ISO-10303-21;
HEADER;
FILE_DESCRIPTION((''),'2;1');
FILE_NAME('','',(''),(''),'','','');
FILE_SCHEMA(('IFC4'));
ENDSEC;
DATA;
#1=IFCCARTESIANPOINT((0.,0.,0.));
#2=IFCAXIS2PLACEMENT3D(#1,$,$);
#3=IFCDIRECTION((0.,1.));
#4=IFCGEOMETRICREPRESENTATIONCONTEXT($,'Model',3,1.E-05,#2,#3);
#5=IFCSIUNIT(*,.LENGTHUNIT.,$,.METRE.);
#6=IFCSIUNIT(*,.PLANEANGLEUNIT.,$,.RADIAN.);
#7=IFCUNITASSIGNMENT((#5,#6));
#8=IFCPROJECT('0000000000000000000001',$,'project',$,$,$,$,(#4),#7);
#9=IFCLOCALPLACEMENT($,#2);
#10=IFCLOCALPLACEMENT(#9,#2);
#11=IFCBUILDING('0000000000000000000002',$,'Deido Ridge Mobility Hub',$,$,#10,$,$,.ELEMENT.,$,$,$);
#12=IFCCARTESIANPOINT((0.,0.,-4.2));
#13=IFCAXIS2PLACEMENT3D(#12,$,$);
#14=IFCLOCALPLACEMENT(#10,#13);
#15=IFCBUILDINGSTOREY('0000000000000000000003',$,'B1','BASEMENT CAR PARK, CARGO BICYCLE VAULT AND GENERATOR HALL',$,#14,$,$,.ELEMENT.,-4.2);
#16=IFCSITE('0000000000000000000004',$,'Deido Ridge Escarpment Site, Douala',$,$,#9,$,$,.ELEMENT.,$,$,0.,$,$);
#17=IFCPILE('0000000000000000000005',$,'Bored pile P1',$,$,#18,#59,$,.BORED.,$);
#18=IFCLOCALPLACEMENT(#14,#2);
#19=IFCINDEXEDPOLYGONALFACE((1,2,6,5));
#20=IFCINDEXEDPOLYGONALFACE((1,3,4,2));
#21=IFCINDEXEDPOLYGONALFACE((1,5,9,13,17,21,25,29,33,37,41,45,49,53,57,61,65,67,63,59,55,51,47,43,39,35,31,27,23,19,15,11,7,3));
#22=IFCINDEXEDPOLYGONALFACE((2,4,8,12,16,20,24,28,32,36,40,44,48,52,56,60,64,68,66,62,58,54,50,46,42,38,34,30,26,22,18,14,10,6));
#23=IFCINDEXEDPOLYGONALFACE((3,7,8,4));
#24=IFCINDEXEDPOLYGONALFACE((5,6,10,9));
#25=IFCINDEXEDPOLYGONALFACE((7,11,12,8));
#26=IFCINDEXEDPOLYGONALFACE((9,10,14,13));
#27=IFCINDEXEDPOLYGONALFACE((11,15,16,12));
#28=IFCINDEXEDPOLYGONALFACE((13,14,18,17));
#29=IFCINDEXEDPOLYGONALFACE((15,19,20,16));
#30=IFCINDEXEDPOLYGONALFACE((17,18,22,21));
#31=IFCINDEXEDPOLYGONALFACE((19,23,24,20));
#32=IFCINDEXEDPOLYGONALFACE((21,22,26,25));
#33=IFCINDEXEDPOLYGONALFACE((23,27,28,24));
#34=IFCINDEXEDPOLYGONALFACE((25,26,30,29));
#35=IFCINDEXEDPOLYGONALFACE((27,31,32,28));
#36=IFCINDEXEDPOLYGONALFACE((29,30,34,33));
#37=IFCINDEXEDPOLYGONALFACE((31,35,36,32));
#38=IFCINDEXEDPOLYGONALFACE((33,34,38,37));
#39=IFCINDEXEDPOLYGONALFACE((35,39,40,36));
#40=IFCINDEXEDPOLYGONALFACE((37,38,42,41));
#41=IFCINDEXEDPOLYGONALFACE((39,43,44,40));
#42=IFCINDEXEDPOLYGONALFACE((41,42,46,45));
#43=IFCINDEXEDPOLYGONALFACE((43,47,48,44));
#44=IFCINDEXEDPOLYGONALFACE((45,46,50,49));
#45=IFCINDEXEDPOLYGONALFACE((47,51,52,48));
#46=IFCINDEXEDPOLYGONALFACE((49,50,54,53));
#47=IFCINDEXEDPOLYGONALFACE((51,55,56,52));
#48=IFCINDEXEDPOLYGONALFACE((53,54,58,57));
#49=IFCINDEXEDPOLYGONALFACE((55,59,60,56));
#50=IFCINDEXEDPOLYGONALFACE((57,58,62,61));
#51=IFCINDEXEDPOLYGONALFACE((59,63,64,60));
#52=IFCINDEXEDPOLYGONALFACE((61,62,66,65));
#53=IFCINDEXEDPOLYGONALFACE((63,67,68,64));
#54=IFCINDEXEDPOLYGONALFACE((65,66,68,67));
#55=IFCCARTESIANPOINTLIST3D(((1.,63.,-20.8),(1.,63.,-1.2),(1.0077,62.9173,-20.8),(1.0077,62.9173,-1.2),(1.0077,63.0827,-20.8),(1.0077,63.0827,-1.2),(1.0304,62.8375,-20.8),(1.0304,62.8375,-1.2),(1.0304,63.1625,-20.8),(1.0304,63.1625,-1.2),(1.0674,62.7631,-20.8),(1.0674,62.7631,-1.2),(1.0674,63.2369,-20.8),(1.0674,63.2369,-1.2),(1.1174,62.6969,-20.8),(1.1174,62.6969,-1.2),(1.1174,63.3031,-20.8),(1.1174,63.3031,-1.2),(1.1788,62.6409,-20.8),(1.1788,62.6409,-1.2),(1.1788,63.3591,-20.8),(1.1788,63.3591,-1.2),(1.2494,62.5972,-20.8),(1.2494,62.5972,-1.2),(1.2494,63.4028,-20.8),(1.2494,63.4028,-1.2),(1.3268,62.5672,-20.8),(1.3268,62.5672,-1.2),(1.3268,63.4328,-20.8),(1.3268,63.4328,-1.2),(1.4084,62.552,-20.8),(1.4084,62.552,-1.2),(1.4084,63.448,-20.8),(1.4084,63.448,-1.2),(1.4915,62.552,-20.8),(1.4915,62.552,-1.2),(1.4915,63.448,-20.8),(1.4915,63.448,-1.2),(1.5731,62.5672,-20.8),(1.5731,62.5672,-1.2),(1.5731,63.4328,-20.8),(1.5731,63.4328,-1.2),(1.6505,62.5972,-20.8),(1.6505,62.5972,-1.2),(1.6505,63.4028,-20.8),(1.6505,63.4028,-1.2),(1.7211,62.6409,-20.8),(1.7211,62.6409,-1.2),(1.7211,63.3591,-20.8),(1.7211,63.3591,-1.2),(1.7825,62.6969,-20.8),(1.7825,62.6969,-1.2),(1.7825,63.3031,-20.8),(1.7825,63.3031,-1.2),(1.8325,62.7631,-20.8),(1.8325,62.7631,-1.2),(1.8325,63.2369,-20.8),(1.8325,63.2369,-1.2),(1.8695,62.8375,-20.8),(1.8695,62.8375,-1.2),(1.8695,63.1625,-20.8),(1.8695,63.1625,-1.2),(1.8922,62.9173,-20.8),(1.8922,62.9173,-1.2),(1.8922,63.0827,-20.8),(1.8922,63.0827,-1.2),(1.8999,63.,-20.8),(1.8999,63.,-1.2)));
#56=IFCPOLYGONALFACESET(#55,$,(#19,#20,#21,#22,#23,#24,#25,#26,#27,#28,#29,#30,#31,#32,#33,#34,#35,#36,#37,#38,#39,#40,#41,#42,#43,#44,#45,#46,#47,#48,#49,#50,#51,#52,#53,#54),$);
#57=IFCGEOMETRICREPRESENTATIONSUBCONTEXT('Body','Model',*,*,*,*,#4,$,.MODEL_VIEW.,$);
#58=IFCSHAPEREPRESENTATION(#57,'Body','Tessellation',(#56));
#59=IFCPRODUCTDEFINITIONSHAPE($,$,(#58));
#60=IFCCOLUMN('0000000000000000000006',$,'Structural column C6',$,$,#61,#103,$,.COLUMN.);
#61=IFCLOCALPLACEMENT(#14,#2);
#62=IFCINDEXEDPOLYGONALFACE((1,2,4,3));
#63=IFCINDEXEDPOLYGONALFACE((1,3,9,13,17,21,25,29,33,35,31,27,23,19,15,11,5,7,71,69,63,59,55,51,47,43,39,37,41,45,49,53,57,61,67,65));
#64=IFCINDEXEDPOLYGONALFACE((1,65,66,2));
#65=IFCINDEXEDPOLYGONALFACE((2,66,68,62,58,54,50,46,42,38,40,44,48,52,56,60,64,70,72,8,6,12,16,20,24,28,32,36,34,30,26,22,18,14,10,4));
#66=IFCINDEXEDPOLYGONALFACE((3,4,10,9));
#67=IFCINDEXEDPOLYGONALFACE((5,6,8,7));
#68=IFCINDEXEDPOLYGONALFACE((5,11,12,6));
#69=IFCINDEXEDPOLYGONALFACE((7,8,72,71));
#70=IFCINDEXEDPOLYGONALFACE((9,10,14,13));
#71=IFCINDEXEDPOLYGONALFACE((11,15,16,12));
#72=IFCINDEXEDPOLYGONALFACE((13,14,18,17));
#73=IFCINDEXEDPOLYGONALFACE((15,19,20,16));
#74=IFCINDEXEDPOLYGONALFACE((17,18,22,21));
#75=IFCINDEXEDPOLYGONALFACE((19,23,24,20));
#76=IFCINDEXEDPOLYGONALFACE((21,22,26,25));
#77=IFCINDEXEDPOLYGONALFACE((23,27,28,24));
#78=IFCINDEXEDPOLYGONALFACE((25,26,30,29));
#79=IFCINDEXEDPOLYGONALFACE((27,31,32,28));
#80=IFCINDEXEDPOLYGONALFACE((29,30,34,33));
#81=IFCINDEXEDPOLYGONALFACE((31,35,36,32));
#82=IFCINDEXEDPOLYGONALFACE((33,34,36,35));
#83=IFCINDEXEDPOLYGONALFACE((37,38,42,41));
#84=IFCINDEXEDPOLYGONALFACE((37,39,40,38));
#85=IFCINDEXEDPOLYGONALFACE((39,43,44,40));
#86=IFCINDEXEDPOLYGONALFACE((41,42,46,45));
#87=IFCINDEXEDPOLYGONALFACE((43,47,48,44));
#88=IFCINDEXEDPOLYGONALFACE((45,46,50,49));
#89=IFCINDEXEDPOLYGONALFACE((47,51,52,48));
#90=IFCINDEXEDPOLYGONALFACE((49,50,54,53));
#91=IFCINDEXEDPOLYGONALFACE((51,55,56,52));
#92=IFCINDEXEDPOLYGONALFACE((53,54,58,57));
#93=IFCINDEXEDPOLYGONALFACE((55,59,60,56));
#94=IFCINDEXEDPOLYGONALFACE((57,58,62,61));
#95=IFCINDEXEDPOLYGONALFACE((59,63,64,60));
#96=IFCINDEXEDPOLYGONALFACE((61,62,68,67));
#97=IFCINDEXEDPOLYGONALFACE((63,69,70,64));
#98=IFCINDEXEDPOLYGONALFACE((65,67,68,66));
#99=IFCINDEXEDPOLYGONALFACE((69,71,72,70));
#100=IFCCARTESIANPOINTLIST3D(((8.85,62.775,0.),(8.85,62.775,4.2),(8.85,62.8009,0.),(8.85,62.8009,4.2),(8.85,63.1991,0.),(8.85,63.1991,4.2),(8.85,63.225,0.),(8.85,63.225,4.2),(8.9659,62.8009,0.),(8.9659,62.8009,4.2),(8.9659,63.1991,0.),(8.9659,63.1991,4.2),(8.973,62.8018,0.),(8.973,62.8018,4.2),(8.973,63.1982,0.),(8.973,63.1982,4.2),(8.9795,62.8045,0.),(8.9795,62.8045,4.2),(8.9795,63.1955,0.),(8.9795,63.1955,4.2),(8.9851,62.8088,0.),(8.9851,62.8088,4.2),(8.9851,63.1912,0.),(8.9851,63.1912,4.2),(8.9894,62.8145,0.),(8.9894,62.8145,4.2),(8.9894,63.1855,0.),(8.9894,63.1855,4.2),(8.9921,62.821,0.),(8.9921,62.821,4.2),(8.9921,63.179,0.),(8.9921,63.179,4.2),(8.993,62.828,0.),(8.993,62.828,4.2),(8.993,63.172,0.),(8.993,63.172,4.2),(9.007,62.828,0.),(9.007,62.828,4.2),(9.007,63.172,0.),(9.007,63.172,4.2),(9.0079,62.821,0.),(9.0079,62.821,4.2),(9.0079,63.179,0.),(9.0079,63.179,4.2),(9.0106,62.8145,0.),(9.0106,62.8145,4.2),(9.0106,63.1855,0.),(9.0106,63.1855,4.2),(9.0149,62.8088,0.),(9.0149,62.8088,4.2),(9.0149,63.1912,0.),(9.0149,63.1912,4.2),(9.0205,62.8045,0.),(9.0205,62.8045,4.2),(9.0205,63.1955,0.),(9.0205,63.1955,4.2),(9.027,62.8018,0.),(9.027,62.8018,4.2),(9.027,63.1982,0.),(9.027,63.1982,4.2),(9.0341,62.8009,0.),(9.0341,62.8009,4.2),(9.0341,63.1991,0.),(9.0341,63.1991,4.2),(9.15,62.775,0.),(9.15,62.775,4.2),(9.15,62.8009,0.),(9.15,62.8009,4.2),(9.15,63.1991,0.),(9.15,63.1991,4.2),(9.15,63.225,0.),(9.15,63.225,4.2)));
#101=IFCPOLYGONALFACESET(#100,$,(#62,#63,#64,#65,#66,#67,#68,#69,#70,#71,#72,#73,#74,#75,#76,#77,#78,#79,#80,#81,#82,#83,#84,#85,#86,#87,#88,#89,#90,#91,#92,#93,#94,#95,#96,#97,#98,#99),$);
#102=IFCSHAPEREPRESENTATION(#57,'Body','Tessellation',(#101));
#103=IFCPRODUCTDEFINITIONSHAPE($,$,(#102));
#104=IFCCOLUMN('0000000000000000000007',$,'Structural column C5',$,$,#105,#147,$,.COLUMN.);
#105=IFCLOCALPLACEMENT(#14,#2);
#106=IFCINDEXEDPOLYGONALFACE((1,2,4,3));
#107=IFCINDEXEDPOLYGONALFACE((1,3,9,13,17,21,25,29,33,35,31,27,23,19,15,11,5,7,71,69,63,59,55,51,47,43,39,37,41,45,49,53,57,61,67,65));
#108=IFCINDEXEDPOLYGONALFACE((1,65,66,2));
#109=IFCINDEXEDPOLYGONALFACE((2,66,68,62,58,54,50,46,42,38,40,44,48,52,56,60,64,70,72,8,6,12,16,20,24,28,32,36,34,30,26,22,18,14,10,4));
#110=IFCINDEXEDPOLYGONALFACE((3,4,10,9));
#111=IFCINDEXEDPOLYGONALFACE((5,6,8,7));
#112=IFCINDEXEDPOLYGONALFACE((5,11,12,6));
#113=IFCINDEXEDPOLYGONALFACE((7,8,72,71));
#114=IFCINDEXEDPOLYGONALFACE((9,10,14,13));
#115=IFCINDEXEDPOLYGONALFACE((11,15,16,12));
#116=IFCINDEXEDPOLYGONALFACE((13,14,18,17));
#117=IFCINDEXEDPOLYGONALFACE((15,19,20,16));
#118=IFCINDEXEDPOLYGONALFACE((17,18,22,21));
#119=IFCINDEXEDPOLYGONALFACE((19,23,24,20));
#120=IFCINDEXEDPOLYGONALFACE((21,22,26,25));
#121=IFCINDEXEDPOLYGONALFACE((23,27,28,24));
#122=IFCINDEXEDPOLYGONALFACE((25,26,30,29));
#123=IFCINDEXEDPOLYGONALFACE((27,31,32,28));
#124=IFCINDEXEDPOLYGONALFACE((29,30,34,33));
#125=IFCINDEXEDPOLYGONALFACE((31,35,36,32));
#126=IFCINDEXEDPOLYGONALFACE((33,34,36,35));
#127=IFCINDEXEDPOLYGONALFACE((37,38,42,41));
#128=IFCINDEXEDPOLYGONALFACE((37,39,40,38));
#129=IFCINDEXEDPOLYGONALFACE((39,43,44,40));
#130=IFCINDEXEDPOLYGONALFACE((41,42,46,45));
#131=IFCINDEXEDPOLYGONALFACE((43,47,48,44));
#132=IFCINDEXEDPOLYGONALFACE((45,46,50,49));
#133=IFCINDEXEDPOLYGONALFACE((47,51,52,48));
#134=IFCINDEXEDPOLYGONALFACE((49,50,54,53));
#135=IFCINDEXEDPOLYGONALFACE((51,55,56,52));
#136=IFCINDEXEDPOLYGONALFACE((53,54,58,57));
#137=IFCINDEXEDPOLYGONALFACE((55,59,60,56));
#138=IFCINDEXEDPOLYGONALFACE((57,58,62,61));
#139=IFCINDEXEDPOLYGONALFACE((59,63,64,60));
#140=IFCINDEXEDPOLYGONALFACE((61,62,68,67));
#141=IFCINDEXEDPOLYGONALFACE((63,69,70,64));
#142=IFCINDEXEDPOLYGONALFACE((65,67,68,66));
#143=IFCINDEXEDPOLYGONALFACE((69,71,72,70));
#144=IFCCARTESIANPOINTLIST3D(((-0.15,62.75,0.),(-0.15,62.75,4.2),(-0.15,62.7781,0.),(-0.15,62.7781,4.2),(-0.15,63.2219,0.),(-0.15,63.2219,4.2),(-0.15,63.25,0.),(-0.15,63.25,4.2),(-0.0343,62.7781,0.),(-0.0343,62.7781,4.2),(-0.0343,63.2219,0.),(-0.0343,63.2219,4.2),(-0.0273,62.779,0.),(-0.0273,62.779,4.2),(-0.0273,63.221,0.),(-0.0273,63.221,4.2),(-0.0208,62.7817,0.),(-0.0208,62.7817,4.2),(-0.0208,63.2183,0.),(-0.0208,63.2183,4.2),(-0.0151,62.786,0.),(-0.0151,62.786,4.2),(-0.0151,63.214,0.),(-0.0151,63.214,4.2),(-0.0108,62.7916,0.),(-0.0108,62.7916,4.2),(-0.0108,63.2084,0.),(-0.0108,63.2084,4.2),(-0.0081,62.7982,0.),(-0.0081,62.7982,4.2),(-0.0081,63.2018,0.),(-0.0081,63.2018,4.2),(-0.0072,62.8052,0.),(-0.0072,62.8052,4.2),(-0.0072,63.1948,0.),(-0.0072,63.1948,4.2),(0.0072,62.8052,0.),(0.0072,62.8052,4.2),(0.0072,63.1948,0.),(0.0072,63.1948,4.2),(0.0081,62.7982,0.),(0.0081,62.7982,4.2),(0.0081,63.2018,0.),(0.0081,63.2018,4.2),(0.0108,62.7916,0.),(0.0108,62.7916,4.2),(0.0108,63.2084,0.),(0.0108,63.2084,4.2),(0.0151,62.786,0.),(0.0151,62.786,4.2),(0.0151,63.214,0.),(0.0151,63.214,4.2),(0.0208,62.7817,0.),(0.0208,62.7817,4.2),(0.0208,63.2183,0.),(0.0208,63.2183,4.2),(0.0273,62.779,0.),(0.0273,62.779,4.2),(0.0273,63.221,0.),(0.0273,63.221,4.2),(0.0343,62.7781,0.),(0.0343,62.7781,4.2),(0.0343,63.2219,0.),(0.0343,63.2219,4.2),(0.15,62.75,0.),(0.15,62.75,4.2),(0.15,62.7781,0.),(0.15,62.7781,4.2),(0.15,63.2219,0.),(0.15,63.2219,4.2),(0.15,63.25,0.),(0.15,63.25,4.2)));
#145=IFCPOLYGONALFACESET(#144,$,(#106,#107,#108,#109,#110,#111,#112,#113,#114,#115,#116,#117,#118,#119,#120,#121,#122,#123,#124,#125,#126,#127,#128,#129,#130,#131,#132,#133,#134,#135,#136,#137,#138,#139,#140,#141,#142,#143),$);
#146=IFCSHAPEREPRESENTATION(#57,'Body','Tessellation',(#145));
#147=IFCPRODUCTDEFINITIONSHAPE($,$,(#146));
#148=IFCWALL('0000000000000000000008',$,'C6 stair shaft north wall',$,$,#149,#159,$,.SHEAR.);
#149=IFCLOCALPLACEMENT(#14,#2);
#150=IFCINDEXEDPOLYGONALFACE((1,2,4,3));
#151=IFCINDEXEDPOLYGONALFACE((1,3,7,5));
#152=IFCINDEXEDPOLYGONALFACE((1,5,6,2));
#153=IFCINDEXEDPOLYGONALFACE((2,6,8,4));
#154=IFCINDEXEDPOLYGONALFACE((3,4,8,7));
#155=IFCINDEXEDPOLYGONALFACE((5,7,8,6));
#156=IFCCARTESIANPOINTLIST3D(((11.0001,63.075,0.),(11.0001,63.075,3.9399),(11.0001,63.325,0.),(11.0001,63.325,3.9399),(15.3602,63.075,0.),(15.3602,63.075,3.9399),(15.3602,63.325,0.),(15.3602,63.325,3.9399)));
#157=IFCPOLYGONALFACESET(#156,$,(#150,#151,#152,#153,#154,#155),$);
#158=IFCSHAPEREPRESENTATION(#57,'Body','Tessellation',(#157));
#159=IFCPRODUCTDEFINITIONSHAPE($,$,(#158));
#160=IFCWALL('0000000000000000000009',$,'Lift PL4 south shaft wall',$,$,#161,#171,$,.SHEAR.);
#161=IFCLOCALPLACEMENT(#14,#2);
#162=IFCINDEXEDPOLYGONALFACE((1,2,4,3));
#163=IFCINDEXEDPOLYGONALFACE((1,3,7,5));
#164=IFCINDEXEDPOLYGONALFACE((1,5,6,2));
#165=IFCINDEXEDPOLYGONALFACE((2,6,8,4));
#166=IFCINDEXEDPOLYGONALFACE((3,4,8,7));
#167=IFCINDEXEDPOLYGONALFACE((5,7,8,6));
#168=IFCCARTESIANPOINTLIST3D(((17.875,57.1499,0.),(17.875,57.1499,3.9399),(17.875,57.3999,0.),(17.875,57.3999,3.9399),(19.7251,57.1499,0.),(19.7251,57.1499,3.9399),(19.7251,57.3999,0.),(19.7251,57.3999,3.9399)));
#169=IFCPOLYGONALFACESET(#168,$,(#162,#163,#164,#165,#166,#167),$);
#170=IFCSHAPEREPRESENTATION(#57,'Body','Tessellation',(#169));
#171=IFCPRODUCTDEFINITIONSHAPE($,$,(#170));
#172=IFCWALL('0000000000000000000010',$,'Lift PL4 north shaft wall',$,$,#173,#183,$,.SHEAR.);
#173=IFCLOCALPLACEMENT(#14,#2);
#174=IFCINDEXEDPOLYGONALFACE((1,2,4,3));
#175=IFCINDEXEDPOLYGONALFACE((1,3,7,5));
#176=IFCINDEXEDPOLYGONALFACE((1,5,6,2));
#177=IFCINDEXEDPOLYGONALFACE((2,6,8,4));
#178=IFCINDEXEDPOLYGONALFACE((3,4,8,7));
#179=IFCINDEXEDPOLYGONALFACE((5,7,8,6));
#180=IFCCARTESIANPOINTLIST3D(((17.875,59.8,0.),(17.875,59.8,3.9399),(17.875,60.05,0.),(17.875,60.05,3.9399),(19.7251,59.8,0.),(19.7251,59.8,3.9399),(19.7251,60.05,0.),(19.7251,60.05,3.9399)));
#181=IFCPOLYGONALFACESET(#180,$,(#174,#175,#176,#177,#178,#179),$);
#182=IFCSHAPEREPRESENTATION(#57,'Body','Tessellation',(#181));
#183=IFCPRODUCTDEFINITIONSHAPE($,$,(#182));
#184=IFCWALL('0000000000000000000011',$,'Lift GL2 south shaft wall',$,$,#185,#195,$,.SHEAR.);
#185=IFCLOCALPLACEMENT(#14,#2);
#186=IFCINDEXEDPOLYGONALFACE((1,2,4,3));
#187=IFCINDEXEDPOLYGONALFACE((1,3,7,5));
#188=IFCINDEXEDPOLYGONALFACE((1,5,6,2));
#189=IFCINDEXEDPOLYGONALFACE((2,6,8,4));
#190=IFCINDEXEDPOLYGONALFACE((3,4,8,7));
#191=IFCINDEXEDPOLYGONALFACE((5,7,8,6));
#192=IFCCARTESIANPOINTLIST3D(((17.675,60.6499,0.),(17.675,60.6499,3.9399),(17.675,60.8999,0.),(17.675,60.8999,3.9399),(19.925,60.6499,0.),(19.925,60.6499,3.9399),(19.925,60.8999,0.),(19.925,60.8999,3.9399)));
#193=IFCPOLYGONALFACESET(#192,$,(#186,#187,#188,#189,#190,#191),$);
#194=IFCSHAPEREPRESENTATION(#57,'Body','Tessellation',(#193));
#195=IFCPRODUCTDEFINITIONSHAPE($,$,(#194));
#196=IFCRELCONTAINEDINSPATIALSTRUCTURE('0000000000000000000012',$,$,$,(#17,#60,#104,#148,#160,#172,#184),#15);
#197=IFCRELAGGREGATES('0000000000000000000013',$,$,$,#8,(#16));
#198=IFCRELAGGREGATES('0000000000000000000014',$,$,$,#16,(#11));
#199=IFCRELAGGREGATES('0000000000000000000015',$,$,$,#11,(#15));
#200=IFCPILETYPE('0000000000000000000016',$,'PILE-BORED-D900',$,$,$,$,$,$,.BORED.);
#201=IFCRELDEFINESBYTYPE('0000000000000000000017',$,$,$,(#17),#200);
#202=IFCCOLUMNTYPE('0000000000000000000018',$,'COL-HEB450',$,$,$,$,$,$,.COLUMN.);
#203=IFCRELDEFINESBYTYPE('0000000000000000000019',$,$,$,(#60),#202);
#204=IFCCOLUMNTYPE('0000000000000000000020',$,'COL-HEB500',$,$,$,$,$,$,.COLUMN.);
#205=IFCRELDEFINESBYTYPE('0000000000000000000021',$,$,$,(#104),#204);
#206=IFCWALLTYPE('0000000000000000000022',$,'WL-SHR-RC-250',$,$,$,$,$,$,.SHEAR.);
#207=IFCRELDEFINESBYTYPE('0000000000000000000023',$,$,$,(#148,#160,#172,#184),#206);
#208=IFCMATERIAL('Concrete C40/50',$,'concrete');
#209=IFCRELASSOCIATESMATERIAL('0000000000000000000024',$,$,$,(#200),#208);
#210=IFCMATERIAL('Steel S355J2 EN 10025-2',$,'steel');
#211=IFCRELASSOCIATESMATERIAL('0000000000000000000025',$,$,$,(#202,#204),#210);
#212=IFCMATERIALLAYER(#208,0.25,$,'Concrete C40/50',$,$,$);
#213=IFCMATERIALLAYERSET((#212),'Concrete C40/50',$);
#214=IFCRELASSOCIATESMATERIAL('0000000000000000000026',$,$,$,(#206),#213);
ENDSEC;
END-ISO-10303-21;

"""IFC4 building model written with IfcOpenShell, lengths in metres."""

from ifc_helpers import new_model, si_unit, direction, frame, frame_2d, origin, origin_2d, place, context, subcontext, project, spatial, rectangle, circle, i_section, extrude, material, layer, layer_set, material_profile, profile_set, type_object, element, save


model = new_model("IFC4")

# Units and contexts
model_context = context("Model", 3, precision=1e-05, world=origin(), true_north=direction((0.0, 1.0)))
body_context = subcontext(model_context, "Body", "Model", "MODEL_VIEW")
ifc_project = project(units=[si_unit("LENGTHUNIT", "METRE"), si_unit("PLANEANGLEUNIT", "RADIAN")], contexts=[model_context])

# Site, building, storey
site_placement = place(None, origin())
site = spatial("IfcSite", under=ifc_project, at=site_placement, Name="Deido Ridge Escarpment Site, Douala", CompositionType="ELEMENT", RefElevation=0.0)
building_placement = place(site_placement, origin())
building = spatial("IfcBuilding", under=site, at=building_placement, Name="Deido Ridge Mobility Hub", CompositionType="ELEMENT")
storey_placement = place(building_placement, frame((0.0, 0.0, -4.2)))
storey = spatial("IfcBuildingStorey", under=building, at=storey_placement, Name="B1", Description="BASEMENT CAR PARK, CARGO BICYCLE VAULT AND GENERATOR HALL", CompositionType="ELEMENT", Elevation=-4.2)

# Shared definitions
ifc_material_1 = material(Name="Concrete C40/50", Category="concrete")

# Pile
ifc_material_profile_1 = material_profile(ifc_material_1, circle(Radius=0.45, at=origin_2d()), Name="BORED PILE D900")
ifc_profile_set_1 = profile_set([ifc_material_profile_1], Name="Concrete C40/50")
pile_type_1 = type_object("IfcPileType", Name="PILE-BORED-D900", PredefinedType="BORED", material=ifc_profile_set_1)
for number, where, z_axis, x_axis, name in (
    (1, (1.45, 63.0, -1.2), (0.0, 0.0, -1.0), (1.0, 0.0, 0.0), "Bored pile P1"),
):
    element("IfcPile", number, at=place(storey_placement, frame(where, z_axis=z_axis, x_axis=x_axis)), inside=storey, type_object=pile_type_1, Name=name, PredefinedType="BORED", context=body_context, shape_type="SweptSolid", body=[
        extrude(circle(Radius=0.45, at=origin_2d()), origin(), (0.0, 0.0, 1.0), 19.6001),
    ])

# Columns
ifc_material_2 = material(Name="Steel S355J2 EN 10025-2", Category="steel")
ifc_material_profile_2 = material_profile(ifc_material_2, i_section(OverallWidth=0.3, OverallDepth=0.45, WebThickness=0.0139, FlangeThickness=0.0259, FilletRadius=0.0271, at=origin_2d()), Name="HEB 450")
ifc_profile_set_2 = profile_set([ifc_material_profile_2], Name="Steel S355J2 EN 10025-2")
column_type_1 = type_object("IfcColumnType", Name="COL-HEB450", PredefinedType="COLUMN", material=ifc_profile_set_2)
column_1_placement = place(storey_placement, frame((9.0, 63.0, 0.0), z_axis=(0.0, 0.0, 1.0), x_axis=(1.0, 0.0, 0.0)))
element("IfcColumn", 2, at=column_1_placement, inside=storey, type_object=column_type_1, Name="Structural column C6", PredefinedType="COLUMN", context=body_context, shape_type="SweptSolid", body=[
    extrude(i_section(OverallWidth=0.3, OverallDepth=0.45, WebThickness=0.0139, FlangeThickness=0.0259, FilletRadius=0.0271, at=origin_2d()), origin(), (0.0, 0.0, 1.0), 4.2),
])
ifc_material_profile_3 = material_profile(ifc_material_2, i_section(OverallWidth=0.3, OverallDepth=0.5, WebThickness=0.0144, FlangeThickness=0.0281, FilletRadius=0.0271, at=origin_2d()), Name="HEB 500")
ifc_profile_set_3 = profile_set([ifc_material_profile_3], Name="Steel S355J2 EN 10025-2")
column_type_2 = type_object("IfcColumnType", Name="COL-HEB500", PredefinedType="COLUMN", material=ifc_profile_set_3)
column_2_placement = place(storey_placement, frame((0.0, 63.0, 0.0), z_axis=(0.0, 0.0, 1.0), x_axis=(1.0, 0.0, 0.0)))
element("IfcColumn", 3, at=column_2_placement, inside=storey, type_object=column_type_2, Name="Structural column C5", PredefinedType="COLUMN", context=body_context, shape_type="SweptSolid", body=[
    extrude(i_section(OverallWidth=0.3, OverallDepth=0.5, WebThickness=0.0144, FlangeThickness=0.0281, FilletRadius=0.0271, at=origin_2d()), origin(), (0.0, 0.0, 1.0), 4.2),
])

# Walls
ifc_layer = layer(ifc_material_1, 0.25, Name="Concrete C40/50")
ifc_layer_set = layer_set([ifc_layer], Name="Concrete C40/50")
wall_type = type_object("IfcWallType", Name="WL-SHR-RC-250", PredefinedType="SHEAR", material=ifc_layer_set)
wall_1_placement = place(storey_placement, frame((11.0, 63.2, 0.0), z_axis=(0.0, 0.0, 1.0), x_axis=(1.0, 0.0, 0.0)))
element("IfcWall", 4, at=wall_1_placement, inside=storey, type_object=wall_type, Name="C6 stair shaft north wall", PredefinedType="SHEAR", context=body_context, shape_type="SweptSolid", body=[
    extrude(rectangle(XDim=4.3601, YDim=0.25, at=frame_2d((2.1802, 0.0))), origin(), (0.0, 0.0, 1.0), 3.9399),
])
for number, where, z_axis, x_axis, name in (
    (5, (17.875, 57.2749, 0.0), (0.0, 0.0, 1.0), (1.0, 0.0, 0.0), "Lift PL4 south shaft wall"),
    (6, (17.875, 59.925, 0.0), (0.0, 0.0, 1.0), (1.0, 0.0, 0.0), "Lift PL4 north shaft wall"),
):
    element("IfcWall", number, at=place(storey_placement, frame(where, z_axis=z_axis, x_axis=x_axis)), inside=storey, type_object=wall_type, Name=name, PredefinedType="SHEAR", context=body_context, shape_type="SweptSolid", body=[
        extrude(rectangle(XDim=1.8501, YDim=0.25, at=frame_2d((0.925, 0.0))), origin(), (0.0, 0.0, 1.0), 3.9399),
    ])

# Wall
wall_2_placement = place(storey_placement, frame((17.675, 60.7749, 0.0), z_axis=(0.0, 0.0, 1.0), x_axis=(1.0, 0.0, 0.0)))
element("IfcWall", 7, at=wall_2_placement, inside=storey, type_object=wall_type, Name="Lift GL2 south shaft wall", PredefinedType="SHEAR", context=body_context, shape_type="SweptSolid", body=[
    extrude(rectangle(XDim=2.25, YDim=0.25, at=frame_2d((1.125, 0.0))), origin(), (0.0, 0.0, 1.0), 3.9399),
])

save(model, "model.ifc")
